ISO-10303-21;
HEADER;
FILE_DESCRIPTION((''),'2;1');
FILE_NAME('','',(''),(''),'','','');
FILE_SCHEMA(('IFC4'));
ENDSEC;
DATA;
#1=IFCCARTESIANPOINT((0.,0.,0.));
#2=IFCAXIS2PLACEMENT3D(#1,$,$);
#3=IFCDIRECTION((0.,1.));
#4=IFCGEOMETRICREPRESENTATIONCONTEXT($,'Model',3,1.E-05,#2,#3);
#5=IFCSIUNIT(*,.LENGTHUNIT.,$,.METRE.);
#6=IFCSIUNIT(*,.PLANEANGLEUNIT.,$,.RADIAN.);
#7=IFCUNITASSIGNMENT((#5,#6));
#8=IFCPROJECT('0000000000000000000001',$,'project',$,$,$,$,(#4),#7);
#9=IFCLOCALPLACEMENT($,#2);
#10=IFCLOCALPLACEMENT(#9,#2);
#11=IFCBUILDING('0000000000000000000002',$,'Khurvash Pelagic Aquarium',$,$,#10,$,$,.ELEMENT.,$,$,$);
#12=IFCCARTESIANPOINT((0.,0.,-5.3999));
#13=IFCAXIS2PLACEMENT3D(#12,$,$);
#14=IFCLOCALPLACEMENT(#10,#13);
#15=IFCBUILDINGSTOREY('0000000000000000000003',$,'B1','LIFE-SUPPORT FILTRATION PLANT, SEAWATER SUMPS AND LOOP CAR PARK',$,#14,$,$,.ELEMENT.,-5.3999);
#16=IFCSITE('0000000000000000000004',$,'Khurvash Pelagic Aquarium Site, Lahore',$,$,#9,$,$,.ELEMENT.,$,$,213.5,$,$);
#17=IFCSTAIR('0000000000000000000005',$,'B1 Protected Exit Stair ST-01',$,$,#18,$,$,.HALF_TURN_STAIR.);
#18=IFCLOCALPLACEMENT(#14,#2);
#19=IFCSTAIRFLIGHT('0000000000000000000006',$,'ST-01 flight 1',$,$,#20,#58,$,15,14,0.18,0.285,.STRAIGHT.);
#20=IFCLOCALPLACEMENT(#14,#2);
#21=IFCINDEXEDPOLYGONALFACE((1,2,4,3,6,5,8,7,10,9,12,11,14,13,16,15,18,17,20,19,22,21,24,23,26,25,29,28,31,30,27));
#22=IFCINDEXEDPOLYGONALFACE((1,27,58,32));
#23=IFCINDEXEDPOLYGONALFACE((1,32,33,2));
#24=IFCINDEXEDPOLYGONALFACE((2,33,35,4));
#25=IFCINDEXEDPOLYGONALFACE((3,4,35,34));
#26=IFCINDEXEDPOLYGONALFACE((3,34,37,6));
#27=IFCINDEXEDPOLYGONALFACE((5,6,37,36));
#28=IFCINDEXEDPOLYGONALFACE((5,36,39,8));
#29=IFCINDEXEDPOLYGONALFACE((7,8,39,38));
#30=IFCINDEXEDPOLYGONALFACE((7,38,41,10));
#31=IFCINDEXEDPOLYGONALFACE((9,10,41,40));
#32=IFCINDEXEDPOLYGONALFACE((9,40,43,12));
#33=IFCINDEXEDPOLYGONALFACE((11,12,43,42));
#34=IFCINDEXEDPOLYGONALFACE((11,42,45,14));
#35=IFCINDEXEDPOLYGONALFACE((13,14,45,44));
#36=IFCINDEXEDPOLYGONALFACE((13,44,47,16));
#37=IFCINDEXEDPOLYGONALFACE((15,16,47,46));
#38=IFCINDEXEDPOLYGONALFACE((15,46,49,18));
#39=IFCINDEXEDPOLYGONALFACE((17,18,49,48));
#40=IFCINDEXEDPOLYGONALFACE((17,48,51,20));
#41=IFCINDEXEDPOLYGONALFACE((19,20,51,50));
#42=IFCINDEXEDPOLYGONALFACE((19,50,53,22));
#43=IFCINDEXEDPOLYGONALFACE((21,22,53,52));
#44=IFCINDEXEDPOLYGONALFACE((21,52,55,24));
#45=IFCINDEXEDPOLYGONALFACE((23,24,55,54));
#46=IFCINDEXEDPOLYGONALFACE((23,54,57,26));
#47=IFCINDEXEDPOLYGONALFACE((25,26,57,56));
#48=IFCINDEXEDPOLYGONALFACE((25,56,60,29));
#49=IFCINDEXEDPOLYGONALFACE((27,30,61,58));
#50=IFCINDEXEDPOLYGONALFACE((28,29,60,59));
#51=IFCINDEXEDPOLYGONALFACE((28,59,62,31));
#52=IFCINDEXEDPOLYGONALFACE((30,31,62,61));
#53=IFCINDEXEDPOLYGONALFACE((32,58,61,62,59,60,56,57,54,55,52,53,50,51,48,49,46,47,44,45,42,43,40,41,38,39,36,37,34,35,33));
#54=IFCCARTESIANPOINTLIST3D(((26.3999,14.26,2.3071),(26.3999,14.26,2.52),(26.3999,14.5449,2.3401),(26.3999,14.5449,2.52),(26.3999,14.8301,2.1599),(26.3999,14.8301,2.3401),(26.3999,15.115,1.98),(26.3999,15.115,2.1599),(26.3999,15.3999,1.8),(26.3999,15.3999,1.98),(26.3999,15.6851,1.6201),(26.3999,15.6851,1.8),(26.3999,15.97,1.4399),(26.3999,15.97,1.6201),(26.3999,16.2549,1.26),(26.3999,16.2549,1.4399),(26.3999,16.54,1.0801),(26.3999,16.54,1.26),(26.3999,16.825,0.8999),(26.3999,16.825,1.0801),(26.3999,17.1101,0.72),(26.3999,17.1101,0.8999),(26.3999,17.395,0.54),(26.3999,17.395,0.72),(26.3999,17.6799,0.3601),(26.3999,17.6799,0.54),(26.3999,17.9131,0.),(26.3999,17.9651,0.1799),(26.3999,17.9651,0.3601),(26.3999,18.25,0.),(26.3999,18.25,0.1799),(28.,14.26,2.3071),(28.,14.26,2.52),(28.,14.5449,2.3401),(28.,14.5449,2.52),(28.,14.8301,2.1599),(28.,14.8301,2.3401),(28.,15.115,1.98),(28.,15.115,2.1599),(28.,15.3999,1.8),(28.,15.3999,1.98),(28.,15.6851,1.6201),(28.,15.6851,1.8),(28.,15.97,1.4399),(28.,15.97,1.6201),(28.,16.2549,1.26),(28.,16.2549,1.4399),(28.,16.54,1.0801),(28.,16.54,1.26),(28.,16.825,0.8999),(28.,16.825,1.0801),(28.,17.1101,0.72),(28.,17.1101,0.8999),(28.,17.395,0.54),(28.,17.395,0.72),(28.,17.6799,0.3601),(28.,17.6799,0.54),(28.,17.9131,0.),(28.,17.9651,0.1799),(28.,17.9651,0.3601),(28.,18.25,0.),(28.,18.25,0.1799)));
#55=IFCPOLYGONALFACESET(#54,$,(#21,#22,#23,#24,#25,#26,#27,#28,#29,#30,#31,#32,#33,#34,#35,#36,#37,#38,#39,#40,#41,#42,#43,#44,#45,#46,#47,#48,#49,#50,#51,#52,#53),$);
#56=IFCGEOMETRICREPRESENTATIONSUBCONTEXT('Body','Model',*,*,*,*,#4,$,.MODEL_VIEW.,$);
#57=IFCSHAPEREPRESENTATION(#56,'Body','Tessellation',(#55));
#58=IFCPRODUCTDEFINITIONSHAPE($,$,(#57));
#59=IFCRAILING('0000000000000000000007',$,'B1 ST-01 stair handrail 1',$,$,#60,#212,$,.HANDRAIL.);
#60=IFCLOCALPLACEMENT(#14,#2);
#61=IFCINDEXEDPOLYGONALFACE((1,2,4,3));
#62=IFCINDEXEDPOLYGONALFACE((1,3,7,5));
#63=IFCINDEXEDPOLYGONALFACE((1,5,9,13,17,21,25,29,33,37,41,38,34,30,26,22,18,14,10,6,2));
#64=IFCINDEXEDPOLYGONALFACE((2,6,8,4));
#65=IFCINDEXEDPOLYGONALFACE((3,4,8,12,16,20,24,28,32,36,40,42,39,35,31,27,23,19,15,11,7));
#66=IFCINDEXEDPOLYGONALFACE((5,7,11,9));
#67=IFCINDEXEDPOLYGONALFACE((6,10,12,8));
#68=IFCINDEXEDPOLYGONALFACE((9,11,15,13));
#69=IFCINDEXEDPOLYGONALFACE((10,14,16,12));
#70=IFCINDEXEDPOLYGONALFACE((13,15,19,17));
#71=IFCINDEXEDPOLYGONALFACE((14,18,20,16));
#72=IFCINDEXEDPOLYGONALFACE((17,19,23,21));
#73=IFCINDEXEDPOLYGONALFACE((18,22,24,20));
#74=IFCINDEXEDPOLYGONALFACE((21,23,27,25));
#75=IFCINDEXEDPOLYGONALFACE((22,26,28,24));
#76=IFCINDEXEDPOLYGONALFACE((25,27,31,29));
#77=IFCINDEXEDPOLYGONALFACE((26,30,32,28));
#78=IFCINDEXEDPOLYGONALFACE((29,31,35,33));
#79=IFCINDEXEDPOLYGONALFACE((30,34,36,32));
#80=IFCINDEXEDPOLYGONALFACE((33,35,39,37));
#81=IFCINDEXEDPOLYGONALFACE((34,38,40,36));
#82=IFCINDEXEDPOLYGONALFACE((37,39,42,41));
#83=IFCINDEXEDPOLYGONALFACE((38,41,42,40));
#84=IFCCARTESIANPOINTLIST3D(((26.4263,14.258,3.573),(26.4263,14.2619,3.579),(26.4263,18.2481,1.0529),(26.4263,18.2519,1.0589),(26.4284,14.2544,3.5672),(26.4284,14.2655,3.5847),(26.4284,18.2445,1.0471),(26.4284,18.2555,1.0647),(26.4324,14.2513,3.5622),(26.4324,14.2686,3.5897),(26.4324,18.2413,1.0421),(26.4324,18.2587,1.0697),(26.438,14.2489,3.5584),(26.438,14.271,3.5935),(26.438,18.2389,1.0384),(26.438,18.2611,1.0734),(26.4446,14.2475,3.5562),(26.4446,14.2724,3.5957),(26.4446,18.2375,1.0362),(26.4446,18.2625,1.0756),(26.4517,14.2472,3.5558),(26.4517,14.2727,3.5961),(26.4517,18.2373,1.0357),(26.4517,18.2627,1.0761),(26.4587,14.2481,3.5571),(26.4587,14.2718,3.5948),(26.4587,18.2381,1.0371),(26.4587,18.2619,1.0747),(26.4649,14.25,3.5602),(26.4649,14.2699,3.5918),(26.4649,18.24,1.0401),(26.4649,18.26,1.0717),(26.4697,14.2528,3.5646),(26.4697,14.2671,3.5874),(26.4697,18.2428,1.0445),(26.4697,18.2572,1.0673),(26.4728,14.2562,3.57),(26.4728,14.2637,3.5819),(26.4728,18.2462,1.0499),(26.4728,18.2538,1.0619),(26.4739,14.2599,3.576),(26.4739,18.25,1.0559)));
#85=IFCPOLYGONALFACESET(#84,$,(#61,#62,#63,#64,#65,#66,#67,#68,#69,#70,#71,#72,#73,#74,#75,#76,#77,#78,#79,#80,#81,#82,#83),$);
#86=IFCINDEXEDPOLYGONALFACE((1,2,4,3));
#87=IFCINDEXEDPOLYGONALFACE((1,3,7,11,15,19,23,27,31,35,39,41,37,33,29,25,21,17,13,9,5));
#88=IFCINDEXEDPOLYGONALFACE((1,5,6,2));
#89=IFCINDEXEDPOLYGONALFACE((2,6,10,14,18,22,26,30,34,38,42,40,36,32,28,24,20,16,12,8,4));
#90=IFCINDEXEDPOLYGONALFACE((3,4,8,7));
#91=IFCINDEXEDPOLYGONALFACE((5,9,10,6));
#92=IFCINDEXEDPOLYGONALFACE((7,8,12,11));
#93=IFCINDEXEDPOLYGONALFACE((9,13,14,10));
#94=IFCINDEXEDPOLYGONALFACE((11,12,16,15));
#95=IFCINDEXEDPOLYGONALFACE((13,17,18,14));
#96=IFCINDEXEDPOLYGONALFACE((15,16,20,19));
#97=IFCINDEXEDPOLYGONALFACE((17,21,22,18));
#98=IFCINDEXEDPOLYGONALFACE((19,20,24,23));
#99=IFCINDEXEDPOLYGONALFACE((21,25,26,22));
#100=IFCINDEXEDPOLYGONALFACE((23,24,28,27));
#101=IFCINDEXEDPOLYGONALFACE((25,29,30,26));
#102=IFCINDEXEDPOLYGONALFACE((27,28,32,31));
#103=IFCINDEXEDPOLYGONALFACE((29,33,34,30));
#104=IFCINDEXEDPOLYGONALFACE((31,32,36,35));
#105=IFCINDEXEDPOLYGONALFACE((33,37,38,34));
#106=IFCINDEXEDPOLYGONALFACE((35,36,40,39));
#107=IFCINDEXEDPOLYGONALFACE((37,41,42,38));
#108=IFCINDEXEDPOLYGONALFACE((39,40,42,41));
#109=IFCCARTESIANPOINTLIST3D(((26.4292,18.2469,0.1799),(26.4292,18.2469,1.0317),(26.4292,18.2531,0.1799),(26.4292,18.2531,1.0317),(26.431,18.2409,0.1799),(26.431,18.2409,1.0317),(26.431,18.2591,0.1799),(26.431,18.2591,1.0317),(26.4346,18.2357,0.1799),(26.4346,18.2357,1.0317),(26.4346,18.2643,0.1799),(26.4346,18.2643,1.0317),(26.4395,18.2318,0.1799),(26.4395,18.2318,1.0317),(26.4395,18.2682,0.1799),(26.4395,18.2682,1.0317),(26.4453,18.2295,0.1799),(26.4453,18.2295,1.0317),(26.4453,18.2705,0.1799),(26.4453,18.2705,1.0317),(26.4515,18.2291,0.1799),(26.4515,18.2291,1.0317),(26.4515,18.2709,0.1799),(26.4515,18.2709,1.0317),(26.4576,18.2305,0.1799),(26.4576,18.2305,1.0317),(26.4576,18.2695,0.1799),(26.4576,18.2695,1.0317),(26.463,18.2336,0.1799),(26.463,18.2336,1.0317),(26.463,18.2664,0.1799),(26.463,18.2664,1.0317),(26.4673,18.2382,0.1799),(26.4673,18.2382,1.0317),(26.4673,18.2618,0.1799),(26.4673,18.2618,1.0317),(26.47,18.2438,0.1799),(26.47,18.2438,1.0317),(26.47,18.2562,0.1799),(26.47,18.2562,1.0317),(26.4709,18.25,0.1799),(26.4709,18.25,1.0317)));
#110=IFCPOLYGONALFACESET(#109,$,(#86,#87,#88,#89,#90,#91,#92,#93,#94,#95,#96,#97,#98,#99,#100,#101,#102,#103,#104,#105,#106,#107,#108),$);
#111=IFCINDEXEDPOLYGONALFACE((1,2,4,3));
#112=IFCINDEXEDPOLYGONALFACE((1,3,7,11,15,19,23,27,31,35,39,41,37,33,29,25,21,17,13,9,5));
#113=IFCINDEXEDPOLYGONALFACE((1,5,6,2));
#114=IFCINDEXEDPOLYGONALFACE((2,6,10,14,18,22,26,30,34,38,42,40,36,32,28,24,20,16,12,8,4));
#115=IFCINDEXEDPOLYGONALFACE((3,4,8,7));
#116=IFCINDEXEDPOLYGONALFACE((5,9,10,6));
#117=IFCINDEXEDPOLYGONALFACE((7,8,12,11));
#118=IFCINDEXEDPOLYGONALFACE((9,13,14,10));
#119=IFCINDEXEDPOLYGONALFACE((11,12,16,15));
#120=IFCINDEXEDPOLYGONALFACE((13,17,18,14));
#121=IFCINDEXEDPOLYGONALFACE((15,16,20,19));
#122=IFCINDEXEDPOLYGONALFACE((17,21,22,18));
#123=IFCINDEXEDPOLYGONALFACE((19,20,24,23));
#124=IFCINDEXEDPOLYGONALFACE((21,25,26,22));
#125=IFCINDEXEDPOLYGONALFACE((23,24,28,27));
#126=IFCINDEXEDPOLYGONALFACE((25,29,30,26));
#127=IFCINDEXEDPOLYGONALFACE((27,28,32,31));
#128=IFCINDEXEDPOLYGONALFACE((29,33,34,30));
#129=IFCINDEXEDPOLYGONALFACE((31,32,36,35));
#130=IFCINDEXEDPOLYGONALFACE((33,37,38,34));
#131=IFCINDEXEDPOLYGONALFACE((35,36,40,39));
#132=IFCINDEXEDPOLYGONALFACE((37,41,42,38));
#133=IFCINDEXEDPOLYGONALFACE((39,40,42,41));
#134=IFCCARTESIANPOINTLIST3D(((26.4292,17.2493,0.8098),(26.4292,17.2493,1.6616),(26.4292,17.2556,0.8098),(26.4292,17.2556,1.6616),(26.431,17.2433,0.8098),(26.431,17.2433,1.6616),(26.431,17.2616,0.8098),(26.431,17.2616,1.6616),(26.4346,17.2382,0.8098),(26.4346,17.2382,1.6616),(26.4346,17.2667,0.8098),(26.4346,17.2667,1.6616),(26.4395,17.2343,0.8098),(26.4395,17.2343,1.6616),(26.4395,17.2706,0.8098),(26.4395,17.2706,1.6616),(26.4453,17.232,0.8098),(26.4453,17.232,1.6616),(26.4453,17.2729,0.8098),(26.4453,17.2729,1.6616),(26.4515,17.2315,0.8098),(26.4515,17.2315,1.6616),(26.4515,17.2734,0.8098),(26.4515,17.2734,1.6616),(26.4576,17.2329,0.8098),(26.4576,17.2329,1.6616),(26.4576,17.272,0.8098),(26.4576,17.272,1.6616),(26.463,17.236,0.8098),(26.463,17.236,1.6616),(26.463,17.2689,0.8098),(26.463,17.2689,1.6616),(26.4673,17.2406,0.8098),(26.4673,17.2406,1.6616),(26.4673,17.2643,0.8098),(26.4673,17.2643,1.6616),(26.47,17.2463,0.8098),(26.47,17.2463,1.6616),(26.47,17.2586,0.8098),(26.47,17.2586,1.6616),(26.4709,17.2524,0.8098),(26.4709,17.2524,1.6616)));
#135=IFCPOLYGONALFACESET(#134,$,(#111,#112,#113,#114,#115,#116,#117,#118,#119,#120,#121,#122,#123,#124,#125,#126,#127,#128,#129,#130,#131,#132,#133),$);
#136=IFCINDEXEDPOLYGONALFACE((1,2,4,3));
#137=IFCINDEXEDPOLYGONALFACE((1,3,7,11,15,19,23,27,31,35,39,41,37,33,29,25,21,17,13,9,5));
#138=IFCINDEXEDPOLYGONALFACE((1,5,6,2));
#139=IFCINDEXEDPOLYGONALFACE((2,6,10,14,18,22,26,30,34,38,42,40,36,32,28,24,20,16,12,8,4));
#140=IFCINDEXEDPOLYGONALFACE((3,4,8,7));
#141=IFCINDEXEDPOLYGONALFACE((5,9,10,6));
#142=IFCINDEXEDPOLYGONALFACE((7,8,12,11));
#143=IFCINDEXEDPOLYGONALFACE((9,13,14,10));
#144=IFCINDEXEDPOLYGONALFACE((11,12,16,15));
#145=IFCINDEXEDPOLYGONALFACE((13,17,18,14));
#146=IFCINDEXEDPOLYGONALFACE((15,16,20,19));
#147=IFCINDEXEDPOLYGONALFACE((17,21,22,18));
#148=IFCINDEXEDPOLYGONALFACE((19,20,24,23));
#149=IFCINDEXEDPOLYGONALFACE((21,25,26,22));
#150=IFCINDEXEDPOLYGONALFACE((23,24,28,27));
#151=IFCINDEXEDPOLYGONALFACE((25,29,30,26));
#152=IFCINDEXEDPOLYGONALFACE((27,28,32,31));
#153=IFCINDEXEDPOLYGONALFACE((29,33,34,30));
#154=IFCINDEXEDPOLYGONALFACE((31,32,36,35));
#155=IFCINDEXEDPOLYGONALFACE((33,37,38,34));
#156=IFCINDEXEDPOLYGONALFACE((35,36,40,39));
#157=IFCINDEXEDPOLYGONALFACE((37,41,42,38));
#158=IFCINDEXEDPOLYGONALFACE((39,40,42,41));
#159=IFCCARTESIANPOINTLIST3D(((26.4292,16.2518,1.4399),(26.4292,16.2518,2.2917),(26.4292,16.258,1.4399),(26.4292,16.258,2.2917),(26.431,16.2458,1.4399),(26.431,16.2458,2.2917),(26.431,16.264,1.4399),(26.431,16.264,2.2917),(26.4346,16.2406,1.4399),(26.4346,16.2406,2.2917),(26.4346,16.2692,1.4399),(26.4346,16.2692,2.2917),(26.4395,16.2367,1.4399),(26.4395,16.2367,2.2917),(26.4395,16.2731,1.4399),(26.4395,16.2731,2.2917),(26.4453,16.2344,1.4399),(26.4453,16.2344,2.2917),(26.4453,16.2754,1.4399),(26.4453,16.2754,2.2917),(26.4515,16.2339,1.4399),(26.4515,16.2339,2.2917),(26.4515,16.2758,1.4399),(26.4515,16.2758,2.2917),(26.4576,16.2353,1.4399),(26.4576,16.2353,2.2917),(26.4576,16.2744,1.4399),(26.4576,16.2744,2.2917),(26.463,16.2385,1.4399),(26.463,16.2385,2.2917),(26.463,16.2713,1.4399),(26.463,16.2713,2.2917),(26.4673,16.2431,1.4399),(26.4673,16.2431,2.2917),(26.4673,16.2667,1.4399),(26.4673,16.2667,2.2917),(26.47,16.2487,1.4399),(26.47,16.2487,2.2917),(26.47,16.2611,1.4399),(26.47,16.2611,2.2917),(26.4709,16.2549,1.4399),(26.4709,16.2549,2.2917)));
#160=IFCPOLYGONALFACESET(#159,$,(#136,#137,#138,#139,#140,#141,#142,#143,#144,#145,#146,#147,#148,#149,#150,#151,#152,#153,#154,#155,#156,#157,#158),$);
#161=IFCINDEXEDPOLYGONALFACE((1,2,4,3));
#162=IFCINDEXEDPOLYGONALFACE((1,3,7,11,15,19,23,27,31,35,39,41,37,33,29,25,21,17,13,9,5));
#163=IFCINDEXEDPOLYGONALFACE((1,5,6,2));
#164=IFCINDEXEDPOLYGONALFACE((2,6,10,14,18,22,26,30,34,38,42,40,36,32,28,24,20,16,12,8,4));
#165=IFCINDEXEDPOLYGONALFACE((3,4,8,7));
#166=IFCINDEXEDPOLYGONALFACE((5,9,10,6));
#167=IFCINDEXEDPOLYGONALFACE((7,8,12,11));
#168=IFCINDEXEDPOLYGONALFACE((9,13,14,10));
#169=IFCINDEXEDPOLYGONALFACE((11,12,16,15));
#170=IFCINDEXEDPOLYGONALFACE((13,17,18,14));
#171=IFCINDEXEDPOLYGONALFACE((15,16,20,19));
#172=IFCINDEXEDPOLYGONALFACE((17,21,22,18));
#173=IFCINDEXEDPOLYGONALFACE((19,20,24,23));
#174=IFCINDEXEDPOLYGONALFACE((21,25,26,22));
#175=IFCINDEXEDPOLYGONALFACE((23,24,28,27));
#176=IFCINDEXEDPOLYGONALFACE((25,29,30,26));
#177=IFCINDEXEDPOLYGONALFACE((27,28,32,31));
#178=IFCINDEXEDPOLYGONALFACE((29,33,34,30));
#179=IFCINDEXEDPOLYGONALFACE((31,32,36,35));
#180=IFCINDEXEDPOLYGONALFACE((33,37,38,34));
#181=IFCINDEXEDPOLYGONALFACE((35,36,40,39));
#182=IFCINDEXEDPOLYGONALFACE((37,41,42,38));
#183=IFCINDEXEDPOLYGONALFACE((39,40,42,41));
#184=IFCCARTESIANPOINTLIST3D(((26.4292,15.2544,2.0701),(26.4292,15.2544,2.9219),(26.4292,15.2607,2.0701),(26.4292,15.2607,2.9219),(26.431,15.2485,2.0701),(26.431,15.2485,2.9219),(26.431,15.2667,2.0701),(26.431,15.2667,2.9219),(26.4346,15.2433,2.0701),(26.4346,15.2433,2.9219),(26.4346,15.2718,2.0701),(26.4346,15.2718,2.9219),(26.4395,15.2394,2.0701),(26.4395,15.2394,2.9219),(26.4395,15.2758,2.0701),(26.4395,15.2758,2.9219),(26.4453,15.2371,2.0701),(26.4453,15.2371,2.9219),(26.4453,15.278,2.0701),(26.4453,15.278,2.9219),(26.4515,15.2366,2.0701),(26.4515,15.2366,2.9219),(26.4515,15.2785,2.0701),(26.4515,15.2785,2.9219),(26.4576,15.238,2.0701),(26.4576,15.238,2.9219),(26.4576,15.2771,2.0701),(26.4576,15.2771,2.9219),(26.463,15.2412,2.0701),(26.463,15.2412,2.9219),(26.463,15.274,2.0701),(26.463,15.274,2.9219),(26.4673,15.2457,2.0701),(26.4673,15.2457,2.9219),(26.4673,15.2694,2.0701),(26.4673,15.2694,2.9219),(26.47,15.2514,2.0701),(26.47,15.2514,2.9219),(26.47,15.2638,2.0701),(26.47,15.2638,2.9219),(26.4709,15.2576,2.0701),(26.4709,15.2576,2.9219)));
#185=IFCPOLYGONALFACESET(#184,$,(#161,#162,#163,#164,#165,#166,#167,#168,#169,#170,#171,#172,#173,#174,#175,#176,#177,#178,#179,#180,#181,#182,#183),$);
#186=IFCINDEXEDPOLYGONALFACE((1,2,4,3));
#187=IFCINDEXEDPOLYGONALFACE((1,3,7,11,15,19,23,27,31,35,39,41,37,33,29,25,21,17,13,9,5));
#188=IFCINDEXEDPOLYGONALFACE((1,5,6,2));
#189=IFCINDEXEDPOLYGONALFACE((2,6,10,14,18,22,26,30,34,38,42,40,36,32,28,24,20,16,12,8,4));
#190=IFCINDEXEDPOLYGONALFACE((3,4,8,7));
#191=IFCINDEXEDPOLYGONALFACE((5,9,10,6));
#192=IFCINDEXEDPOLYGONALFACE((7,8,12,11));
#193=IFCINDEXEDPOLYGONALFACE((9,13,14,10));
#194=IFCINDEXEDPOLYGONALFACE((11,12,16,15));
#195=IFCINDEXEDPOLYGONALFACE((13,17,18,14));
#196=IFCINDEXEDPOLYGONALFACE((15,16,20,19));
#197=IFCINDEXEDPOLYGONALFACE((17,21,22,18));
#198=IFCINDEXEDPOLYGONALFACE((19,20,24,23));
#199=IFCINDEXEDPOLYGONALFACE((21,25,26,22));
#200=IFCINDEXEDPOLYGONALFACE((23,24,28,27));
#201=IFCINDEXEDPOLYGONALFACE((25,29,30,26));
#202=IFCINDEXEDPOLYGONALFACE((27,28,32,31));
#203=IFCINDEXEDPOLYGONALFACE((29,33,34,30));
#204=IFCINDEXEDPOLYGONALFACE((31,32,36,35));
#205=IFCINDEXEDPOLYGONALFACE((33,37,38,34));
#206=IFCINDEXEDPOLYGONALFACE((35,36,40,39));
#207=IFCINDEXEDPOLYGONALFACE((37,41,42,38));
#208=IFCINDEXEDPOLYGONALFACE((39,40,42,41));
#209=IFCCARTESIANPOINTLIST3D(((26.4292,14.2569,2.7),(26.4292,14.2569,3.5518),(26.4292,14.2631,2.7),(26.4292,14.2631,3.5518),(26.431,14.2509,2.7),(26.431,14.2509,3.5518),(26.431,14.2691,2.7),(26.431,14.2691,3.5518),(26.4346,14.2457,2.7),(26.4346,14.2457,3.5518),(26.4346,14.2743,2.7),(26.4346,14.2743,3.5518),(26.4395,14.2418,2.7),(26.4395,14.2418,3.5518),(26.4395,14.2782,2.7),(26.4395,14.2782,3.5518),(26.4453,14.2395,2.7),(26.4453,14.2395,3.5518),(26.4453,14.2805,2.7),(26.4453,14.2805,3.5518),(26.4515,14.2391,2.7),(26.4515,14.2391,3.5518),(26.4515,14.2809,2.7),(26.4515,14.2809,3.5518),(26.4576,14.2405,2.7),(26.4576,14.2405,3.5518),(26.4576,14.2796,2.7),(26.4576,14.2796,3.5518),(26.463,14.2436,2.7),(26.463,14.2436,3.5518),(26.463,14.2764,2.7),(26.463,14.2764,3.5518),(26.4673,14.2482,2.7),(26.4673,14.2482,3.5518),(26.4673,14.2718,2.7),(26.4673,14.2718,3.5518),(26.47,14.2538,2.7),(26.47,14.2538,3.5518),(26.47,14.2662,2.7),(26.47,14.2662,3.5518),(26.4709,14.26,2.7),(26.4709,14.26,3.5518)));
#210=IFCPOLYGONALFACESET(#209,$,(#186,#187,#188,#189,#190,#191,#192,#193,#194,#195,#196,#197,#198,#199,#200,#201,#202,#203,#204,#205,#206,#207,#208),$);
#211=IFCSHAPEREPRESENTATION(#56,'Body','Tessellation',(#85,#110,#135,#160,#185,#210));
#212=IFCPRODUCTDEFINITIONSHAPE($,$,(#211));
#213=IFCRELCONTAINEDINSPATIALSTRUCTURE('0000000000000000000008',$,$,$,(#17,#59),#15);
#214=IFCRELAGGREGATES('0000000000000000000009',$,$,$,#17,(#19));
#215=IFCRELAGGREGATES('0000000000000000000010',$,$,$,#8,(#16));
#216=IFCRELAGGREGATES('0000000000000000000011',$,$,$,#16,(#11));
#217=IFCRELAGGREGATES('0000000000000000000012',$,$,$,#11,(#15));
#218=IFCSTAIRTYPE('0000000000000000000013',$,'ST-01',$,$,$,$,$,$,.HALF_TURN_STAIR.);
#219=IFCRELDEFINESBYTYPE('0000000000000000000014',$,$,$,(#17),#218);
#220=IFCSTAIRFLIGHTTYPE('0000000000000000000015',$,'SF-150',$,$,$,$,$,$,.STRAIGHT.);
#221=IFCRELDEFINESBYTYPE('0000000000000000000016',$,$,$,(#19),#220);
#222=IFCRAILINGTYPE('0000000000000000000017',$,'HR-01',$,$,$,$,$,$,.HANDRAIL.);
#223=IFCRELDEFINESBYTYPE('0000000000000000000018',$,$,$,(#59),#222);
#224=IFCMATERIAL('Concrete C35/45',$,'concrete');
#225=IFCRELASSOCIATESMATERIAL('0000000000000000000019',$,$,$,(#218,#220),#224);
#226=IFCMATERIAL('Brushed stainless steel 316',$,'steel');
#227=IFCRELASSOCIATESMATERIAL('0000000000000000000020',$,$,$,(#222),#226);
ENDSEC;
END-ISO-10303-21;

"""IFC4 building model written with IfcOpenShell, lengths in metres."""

from ifc_helpers import new_model, si_unit, direction, frame, origin, origin_2d, place, context, subcontext, project, spatial, polyline, circle, outline, extrude, material, type_object, element, aggregate, save


model = new_model("IFC4")

# Units and contexts
model_context = context("Model", 3, precision=1e-05, world=origin(), true_north=direction((0.0, 1.0)))
body_context = subcontext(model_context, "Body", "Model", "MODEL_VIEW")
ifc_project = project(units=[si_unit("LENGTHUNIT", "METRE"), si_unit("PLANEANGLEUNIT", "RADIAN")], contexts=[model_context])

# Site, building, storey
site_placement = place(None, origin())
site = spatial("IfcSite", under=ifc_project, at=site_placement, Name="Khurvash Pelagic Aquarium Site, Lahore", CompositionType="ELEMENT", RefElevation=213.5)
building_placement = place(site_placement, origin())
building = spatial("IfcBuilding", under=site, at=building_placement, Name="Khurvash Pelagic Aquarium", CompositionType="ELEMENT")
storey_placement = place(building_placement, frame((0.0, 0.0, -5.3999)))
storey = spatial("IfcBuildingStorey", under=building, at=storey_placement, Name="B1", Description="LIFE-SUPPORT FILTRATION PLANT, SEAWATER SUMPS AND LOOP CAR PARK", CompositionType="ELEMENT", Elevation=-5.3999)

# Shared definitions
ifc_material_1 = material(Name="Concrete C35/45", Category="concrete")

# Stair, stair flight
stair_type = type_object("IfcStairType", Name="ST-01", PredefinedType="HALF_TURN_STAIR", material=ifc_material_1)
stair_placement = place(storey_placement, origin())
stair = element("IfcStair", 1, at=stair_placement, inside=storey, type_object=stair_type, Name="B1 Protected Exit Stair ST-01", PredefinedType="HALF_TURN_STAIR")
stair_flight_type = type_object("IfcStairFlightType", Name="SF-150", PredefinedType="STRAIGHT", material=ifc_material_1)
stair_flight_placement = place(storey_placement, frame((27.2, 18.25, 0.0), z_axis=(0.0, 0.0, 1.0), x_axis=(0.0, -1.0, 0.0)))
stair_flight = element("IfcStairFlight", 2, at=stair_flight_placement, type_object=stair_flight_type, Name="ST-01 flight 1", NumberOfRisers=15, NumberOfTreads=14, PredefinedType="STRAIGHT", RiserHeight=0.18, TreadLength=0.285, context=body_context, shape_type="SweptSolid", body=[
    extrude(outline(polyline([(0.0, 0.0), (0.0, 0.1799), (0.2849, 0.1799), (0.2849, 0.3601), (0.5701, 0.3601), (0.5701, 0.54), (0.855, 0.54), (0.855, 0.72), (1.1399, 0.72), (1.1399, 0.8999), (1.425, 0.8999), (1.425, 1.0801), (1.71, 1.0801), (1.71, 1.26), (1.9951, 1.26), (1.9951, 1.4399), (2.28, 1.4399), (2.28, 1.6201), (2.5649, 1.6201), (2.5649, 1.8), (2.8501, 1.8), (2.8501, 1.98), (3.135, 1.98), (3.135, 2.1599), (3.4199, 2.1599), (3.4199, 2.3401), (3.7051, 2.3401), (3.7051, 2.52), (3.99, 2.52), (3.99, 2.7), (3.99, 2.3071), (0.3369, 0.0), (0.0, 0.0)])), frame((0.0, 0.8, 0.0), z_axis=(0.0, -1.0, 0.0), x_axis=(1.0, 0.0, 0.0)), (0.0, 0.0, 1.0), 1.6001),
])
aggregate(stair, [stair_flight])

# Railing
ifc_material_2 = material(Name="Brushed stainless steel 316", Category="steel")
railing_type = type_object("IfcRailingType", Name="HR-01", PredefinedType="HANDRAIL", material=ifc_material_2)
railing_placement = place(storey_placement, frame((26.45, 18.25, 0.1799)))
element("IfcRailing", 3, at=railing_placement, inside=storey, type_object=railing_type, Name="B1 ST-01 stair handrail 1", PredefinedType="HANDRAIL", context=body_context, shape_type="SweptSolid", body=[
    extrude(circle(Radius=0.0239, at=origin_2d()), frame((0.0, 0.0, 0.876), z_axis=(0.0, -0.845486, 0.533997), x_axis=(1.0, 0.0, 0.0)), (0.0, 0.0, 1.0), 4.7192),
    extrude(circle(Radius=0.021, at=origin_2d()), origin(), (0.0, 0.0, 1.0), 0.8518),
    extrude(circle(Radius=0.021, at=origin_2d()), frame((0.0, -0.9976, 0.6299)), (0.0, 0.0, 1.0), 0.8518),
    extrude(circle(Radius=0.021, at=origin_2d()), frame((0.0, -1.9951, 1.26)), (0.0, 0.0, 1.0), 0.8518),
    extrude(circle(Radius=0.021, at=origin_2d()), frame((0.0, -2.9924, 1.8901)), (0.0, 0.0, 1.0), 0.8518),
    extrude(circle(Radius=0.021, at=origin_2d()), frame((0.0, -3.99, 2.52)), (0.0, 0.0, 1.0), 0.8518),
])

save(model, "model.ifc")
